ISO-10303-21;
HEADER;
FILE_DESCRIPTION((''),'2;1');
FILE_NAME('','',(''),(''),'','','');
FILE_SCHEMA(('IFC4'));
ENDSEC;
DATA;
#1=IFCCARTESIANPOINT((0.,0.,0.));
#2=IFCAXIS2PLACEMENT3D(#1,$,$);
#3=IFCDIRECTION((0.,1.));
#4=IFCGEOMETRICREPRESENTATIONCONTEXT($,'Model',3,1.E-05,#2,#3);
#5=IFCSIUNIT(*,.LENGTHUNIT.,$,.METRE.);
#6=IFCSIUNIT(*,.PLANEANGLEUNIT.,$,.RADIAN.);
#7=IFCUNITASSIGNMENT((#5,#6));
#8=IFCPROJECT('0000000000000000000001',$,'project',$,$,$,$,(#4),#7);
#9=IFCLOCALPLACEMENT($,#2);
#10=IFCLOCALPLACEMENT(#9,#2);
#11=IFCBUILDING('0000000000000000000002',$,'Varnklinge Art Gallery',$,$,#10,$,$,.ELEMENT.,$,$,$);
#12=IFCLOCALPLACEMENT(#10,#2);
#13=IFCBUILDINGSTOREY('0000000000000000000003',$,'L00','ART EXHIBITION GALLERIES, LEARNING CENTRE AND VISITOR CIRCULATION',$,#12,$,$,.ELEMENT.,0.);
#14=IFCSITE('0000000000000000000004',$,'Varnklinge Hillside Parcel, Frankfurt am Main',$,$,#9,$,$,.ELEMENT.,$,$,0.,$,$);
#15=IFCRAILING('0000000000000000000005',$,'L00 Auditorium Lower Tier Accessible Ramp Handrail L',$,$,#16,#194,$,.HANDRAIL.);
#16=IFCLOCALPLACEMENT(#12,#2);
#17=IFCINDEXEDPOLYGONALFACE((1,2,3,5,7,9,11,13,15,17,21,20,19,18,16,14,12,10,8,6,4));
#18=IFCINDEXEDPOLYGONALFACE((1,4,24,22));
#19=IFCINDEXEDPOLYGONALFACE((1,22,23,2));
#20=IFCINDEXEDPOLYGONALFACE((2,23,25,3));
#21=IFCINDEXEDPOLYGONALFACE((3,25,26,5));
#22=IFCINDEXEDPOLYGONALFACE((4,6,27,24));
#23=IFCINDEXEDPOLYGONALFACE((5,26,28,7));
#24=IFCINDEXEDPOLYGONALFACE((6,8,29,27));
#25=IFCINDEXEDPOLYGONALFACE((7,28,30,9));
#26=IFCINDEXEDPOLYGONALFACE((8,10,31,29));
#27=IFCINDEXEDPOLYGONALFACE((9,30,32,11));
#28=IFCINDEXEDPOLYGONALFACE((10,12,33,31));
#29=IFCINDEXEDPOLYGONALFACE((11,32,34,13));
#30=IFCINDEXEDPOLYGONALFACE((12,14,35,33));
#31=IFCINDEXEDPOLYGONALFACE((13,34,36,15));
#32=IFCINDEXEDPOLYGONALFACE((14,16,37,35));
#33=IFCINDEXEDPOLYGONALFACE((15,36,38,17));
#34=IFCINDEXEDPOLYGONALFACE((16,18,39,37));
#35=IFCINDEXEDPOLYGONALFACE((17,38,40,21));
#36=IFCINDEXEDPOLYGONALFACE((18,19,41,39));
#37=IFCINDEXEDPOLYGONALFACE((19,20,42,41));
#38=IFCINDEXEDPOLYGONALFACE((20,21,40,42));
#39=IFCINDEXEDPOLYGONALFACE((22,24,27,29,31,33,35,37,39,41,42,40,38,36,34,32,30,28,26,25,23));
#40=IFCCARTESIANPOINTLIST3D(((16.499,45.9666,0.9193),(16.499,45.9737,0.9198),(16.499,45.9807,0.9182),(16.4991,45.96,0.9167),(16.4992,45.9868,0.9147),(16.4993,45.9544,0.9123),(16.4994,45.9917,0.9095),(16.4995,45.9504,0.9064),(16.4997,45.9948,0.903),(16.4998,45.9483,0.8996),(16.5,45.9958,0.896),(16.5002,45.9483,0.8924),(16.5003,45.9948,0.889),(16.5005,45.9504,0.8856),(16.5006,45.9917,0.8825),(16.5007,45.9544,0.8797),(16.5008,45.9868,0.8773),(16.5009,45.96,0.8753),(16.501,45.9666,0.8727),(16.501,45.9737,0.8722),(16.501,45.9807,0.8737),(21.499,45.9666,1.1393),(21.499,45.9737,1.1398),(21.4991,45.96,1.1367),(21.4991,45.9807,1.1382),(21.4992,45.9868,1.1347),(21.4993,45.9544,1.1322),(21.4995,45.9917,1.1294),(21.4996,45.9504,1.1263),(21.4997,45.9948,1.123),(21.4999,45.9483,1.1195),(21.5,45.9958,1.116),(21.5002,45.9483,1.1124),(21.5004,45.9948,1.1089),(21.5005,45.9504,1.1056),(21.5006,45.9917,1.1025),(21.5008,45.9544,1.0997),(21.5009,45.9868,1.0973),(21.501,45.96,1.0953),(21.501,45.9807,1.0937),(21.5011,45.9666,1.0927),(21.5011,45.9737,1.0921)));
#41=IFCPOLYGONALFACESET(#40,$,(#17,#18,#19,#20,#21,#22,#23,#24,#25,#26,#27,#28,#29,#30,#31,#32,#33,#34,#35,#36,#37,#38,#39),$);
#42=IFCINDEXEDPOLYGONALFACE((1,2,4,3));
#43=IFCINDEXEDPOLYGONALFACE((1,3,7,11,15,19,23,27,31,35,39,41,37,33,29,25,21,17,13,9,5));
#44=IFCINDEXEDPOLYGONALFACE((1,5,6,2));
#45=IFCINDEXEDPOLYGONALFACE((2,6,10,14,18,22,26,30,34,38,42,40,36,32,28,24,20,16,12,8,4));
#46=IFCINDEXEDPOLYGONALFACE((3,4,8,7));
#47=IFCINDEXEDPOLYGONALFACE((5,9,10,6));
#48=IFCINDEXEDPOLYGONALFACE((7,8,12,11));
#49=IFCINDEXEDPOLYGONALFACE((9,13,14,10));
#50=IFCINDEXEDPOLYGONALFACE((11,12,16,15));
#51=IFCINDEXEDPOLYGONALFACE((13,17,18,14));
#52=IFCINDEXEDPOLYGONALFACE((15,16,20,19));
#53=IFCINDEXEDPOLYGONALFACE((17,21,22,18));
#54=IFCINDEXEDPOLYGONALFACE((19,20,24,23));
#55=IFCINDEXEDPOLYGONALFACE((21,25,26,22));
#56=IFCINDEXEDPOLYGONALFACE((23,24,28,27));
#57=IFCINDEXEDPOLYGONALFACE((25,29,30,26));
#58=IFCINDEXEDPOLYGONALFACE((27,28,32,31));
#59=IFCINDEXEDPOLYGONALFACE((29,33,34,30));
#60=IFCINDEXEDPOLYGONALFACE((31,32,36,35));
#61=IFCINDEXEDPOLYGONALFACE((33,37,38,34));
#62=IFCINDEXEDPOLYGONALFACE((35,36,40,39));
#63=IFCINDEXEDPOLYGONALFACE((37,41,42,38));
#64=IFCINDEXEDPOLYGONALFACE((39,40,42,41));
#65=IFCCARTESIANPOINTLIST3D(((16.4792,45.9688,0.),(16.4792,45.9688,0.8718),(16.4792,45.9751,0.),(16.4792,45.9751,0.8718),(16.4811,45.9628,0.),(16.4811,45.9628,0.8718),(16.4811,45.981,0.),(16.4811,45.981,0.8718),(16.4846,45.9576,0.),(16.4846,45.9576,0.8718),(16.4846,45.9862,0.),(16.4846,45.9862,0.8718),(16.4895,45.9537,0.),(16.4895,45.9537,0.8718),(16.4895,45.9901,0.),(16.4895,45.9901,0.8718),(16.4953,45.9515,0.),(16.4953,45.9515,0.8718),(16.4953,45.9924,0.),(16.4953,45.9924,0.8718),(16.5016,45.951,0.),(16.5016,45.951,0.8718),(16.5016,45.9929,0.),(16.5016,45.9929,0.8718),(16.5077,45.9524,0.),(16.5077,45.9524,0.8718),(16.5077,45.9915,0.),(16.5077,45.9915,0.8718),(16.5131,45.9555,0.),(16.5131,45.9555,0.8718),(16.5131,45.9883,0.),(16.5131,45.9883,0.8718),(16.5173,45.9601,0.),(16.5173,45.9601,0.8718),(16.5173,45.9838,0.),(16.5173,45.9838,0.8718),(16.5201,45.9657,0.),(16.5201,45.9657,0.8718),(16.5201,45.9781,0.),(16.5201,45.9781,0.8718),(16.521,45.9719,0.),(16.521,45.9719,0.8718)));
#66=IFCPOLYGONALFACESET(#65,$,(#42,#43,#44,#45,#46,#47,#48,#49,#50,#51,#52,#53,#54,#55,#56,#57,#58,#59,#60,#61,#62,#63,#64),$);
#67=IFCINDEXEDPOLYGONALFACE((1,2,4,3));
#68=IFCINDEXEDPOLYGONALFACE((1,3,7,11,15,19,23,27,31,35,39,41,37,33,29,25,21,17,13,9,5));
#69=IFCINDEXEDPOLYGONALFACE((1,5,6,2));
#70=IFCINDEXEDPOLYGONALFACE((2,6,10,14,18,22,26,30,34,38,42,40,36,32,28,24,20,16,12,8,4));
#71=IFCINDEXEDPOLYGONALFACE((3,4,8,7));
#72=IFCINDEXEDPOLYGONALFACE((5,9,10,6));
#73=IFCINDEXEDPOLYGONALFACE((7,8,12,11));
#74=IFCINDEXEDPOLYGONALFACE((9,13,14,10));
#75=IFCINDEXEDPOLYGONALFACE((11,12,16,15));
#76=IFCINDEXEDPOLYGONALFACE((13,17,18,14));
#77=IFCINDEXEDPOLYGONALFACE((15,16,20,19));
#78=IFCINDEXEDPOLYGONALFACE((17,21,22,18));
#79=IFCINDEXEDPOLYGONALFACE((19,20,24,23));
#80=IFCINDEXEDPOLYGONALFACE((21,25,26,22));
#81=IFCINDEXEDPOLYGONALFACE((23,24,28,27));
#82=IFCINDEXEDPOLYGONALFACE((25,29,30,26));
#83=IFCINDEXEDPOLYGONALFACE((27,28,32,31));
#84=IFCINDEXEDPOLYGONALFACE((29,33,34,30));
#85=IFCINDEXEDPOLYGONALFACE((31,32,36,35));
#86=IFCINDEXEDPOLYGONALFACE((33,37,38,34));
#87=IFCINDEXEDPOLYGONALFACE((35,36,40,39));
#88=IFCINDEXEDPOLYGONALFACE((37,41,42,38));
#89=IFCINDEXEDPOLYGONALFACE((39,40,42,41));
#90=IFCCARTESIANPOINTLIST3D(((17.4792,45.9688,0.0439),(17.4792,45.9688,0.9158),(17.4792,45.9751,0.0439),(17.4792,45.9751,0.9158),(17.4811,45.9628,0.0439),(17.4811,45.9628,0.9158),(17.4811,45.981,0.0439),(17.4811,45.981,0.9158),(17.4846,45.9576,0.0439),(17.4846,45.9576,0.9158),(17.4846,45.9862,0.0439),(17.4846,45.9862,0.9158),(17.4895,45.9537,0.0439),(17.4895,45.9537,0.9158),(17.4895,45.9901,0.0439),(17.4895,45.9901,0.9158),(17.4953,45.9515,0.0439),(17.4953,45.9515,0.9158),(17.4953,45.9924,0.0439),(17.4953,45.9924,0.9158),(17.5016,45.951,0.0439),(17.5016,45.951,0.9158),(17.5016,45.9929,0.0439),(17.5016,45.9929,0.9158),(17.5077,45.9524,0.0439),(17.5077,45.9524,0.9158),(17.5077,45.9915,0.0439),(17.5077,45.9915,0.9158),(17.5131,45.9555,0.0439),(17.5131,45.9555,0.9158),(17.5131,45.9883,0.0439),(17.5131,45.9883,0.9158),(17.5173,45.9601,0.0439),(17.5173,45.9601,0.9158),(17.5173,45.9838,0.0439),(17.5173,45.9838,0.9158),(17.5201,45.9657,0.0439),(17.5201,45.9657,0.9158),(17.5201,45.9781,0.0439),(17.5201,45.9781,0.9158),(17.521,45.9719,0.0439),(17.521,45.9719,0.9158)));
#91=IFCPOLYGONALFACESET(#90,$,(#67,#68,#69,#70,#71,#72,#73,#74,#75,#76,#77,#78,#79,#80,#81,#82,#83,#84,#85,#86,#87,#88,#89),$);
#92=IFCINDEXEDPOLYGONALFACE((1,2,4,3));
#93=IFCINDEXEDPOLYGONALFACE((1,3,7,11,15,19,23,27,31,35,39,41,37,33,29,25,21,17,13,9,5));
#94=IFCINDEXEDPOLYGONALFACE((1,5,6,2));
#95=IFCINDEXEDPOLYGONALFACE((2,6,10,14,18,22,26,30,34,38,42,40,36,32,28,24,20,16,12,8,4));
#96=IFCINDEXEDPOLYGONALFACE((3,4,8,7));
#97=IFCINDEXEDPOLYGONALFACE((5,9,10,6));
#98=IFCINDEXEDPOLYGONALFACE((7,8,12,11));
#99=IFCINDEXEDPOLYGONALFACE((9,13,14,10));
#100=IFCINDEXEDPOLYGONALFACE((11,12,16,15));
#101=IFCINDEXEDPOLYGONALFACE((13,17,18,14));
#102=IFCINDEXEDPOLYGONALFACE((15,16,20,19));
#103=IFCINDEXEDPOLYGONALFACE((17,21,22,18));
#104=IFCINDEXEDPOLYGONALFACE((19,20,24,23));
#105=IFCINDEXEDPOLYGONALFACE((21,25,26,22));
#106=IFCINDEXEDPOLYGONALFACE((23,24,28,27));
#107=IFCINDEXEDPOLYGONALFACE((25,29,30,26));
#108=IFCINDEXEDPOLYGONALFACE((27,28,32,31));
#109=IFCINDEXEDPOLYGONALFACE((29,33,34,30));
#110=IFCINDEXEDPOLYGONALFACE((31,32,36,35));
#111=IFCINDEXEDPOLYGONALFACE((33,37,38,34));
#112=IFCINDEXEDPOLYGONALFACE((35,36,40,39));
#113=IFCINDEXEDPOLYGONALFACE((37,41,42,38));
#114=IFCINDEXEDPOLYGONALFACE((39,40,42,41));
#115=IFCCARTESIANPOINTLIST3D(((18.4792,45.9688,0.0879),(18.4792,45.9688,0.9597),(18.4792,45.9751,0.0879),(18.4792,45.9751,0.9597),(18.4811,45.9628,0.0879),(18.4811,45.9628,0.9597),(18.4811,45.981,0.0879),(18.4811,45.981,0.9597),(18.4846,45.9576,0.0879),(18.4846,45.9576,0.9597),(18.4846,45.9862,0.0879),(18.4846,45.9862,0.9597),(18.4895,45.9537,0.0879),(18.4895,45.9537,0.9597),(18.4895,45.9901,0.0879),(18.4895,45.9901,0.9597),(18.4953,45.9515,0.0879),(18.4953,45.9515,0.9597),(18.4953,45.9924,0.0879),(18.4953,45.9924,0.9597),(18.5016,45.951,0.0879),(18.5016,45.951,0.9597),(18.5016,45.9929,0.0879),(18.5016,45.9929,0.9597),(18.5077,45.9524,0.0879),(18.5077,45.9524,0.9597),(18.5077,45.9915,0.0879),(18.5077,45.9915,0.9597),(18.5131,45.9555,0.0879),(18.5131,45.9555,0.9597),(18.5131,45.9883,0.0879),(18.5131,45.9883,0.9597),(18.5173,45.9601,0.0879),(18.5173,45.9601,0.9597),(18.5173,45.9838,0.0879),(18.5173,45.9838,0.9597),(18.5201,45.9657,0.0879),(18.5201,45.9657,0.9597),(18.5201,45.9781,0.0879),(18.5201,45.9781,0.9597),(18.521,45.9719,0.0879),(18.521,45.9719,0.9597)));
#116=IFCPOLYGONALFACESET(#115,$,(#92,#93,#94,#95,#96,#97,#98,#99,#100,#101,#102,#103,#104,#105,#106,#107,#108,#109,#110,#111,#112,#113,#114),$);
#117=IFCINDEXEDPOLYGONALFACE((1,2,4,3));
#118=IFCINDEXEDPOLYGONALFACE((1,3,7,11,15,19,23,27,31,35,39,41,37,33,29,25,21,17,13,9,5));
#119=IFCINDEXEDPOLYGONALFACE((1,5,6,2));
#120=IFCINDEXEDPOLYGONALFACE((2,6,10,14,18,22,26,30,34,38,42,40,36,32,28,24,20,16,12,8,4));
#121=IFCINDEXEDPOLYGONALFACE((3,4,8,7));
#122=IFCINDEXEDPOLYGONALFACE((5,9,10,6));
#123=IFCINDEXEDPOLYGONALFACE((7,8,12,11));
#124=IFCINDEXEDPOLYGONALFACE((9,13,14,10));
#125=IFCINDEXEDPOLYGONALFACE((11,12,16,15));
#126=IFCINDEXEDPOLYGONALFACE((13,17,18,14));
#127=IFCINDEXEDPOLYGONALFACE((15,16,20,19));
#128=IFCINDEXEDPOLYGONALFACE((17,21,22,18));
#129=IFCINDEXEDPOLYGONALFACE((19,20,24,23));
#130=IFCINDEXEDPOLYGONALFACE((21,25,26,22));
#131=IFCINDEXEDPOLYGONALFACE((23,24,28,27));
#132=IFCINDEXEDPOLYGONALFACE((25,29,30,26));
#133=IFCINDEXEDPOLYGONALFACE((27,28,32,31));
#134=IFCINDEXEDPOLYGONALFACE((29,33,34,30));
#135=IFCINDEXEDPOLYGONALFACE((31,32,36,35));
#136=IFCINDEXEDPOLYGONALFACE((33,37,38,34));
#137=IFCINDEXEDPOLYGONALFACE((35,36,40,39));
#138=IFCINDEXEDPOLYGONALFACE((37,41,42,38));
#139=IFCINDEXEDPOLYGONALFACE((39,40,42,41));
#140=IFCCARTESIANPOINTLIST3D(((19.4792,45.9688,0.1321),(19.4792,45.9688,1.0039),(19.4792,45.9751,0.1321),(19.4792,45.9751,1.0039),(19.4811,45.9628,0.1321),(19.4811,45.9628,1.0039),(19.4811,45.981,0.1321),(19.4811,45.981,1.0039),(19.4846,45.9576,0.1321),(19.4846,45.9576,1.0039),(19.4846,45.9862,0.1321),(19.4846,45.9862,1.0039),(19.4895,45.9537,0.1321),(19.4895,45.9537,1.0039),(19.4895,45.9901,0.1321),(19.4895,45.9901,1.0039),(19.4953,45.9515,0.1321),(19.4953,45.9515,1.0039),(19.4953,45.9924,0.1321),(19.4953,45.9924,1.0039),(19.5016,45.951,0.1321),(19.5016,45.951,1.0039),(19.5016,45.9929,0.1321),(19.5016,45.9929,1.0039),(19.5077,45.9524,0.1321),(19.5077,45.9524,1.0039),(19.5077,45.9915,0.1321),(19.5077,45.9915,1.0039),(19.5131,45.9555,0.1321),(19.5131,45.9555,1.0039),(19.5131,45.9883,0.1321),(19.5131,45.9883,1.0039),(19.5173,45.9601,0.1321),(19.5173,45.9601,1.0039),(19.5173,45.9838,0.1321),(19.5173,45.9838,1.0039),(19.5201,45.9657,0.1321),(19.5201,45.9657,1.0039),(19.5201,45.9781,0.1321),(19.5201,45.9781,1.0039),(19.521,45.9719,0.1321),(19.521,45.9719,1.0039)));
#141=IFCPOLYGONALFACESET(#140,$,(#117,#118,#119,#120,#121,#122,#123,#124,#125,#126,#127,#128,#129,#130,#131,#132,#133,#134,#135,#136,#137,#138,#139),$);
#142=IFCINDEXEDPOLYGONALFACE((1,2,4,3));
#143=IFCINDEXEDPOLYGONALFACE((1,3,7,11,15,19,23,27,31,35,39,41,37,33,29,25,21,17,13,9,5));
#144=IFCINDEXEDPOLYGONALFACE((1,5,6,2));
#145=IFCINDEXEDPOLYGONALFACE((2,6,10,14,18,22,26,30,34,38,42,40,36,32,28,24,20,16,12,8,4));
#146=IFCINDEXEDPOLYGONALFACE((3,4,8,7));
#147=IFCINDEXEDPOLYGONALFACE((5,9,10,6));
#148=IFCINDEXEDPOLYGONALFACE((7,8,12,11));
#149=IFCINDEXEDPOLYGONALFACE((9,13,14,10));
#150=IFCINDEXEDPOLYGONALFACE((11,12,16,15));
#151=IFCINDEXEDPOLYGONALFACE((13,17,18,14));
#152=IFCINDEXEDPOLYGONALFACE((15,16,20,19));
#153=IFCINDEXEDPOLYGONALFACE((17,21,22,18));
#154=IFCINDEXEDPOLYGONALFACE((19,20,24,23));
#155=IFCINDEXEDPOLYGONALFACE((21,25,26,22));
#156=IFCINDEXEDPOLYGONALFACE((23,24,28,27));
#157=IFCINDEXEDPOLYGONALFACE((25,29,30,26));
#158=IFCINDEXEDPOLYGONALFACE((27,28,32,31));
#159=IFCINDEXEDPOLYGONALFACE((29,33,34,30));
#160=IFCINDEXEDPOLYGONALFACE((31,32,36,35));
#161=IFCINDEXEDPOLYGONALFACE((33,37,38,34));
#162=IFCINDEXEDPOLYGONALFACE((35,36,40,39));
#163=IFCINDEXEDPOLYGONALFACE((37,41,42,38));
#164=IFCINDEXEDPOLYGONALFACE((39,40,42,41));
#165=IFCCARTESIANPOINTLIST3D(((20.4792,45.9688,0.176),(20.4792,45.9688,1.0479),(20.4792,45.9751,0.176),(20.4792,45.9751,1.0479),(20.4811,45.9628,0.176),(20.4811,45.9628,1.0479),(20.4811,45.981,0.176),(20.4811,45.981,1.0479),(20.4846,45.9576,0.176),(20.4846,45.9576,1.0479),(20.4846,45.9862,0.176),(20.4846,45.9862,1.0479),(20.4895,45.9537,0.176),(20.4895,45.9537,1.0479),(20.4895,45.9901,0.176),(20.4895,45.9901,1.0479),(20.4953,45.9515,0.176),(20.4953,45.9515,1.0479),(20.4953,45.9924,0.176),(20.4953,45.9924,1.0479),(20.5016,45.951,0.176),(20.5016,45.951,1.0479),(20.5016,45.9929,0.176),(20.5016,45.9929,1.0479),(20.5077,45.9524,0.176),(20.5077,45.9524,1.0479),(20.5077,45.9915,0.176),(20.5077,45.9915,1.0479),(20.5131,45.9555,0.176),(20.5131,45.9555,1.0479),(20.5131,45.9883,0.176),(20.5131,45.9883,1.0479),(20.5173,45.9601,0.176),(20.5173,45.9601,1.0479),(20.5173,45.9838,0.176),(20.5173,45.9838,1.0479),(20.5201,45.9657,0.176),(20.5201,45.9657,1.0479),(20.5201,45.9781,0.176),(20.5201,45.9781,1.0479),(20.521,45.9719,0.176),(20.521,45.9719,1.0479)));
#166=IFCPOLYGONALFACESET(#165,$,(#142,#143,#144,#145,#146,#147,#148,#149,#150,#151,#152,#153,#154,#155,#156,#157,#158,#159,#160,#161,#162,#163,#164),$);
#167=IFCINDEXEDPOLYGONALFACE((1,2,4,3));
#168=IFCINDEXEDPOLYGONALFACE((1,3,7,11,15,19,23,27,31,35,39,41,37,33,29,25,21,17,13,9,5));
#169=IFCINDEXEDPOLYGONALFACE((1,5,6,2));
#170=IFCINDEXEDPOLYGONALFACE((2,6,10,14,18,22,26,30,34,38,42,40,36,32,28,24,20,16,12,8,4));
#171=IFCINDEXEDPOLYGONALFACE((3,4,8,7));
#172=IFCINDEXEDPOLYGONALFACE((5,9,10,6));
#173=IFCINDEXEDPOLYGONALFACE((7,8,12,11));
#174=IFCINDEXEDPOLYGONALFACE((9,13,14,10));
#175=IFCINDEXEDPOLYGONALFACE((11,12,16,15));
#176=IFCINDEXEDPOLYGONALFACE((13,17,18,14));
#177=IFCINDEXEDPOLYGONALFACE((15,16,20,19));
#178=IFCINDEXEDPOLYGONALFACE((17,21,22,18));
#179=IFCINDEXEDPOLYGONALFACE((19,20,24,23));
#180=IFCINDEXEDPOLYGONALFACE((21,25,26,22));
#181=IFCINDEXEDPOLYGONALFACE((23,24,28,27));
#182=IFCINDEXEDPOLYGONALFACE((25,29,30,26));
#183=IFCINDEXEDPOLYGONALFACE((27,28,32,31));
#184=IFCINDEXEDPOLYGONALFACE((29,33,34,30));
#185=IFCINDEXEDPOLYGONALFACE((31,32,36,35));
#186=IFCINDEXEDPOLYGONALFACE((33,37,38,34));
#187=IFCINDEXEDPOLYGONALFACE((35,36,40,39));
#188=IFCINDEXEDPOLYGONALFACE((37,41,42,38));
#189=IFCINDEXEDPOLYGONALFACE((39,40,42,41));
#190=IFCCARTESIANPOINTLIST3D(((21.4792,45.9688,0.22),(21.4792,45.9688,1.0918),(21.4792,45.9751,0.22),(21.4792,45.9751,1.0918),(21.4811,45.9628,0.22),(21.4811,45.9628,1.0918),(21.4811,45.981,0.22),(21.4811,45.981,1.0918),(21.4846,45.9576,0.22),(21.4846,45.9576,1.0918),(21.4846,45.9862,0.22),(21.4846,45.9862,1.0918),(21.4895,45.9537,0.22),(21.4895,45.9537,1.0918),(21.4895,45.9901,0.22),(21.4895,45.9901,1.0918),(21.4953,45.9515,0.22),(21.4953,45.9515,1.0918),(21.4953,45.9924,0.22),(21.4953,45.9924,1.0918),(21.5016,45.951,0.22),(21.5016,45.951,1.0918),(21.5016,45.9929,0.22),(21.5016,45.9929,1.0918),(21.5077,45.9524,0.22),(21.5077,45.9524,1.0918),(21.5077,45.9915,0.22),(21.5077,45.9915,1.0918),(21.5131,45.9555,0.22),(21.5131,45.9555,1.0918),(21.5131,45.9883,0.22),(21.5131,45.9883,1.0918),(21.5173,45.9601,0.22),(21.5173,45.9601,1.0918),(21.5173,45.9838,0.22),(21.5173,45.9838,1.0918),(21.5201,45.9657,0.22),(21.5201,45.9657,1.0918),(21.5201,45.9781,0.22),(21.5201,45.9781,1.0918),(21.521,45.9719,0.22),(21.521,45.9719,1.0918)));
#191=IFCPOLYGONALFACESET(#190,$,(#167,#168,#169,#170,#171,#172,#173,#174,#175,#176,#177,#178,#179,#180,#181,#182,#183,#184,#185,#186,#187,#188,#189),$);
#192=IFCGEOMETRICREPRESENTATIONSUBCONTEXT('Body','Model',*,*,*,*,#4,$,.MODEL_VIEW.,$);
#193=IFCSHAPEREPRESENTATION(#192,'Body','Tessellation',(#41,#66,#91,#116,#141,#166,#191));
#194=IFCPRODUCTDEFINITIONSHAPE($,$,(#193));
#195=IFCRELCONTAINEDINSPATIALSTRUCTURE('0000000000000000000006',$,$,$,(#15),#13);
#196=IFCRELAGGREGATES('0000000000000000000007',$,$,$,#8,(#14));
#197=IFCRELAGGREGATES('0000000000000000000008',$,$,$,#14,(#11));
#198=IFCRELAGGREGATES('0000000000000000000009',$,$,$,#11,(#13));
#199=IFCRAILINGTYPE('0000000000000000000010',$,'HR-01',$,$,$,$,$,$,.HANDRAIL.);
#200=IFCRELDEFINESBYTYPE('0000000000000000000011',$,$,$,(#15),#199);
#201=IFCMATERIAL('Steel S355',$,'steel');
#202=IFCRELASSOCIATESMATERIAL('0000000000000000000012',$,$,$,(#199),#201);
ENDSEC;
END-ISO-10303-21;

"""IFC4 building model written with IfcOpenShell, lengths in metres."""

from ifc_helpers import new_model, si_unit, direction, frame, origin, origin_2d, place, context, subcontext, project, spatial, circle, extrude, material, type_object, element, save


model = new_model("IFC4")

# Units and contexts
model_context = context("Model", 3, precision=1e-05, world=origin(), true_north=direction((0.0, 1.0)))
body_context = subcontext(model_context, "Body", "Model", "MODEL_VIEW")
ifc_project = project(units=[si_unit("LENGTHUNIT", "METRE"), si_unit("PLANEANGLEUNIT", "RADIAN")], contexts=[model_context])

# Site, building, storey
site_placement = place(None, origin())
site = spatial("IfcSite", under=ifc_project, at=site_placement, Name="Varnklinge Hillside Parcel, Frankfurt am Main", CompositionType="ELEMENT", RefElevation=0.0)
building_placement = place(site_placement, origin())
building = spatial("IfcBuilding", under=site, at=building_placement, Name="Varnklinge Art Gallery", CompositionType="ELEMENT")
storey_placement = place(building_placement, origin())
storey = spatial("IfcBuildingStorey", under=building, at=storey_placement, Name="L00", Description="ART EXHIBITION GALLERIES, LEARNING CENTRE AND VISITOR CIRCULATION", CompositionType="ELEMENT", Elevation=0.0)

# Railing
ifc_material_1 = material(Name="Steel S355", Category="steel")
railing_type = type_object("IfcRailingType", Name="HR-01", PredefinedType="HANDRAIL", material=ifc_material_1)
railing_placement = place(storey_placement, frame((16.5, 45.9719, 0.0)))
element("IfcRailing", 1, at=railing_placement, inside=storey, type_object=railing_type, Name="L00 Auditorium Lower Tier Accessible Ramp Handrail L", PredefinedType="HANDRAIL", context=body_context, shape_type="SweptSolid", body=[
    extrude(circle(Radius=0.0239, at=origin_2d()), frame((0.0, 0.0, 0.896), z_axis=(0.999034, 0.0, 0.043952), x_axis=(0.0, 1.0, 0.0)), (0.0, 0.0, 1.0), 5.0049),
    extrude(circle(Radius=0.021, at=origin_2d()), origin(), (0.0, 0.0, 1.0), 0.8718),
    extrude(circle(Radius=0.021, at=origin_2d()), frame((1.0, 0.0, 0.0439)), (0.0, 0.0, 1.0), 0.8718),
    extrude(circle(Radius=0.021, at=origin_2d()), frame((2.0, 0.0, 0.0879)), (0.0, 0.0, 1.0), 0.8718),
    extrude(circle(Radius=0.021, at=origin_2d()), frame((3.0, 0.0, 0.1321)), (0.0, 0.0, 1.0), 0.8718),
    extrude(circle(Radius=0.021, at=origin_2d()), frame((4.0, 0.0, 0.176)), (0.0, 0.0, 1.0), 0.8718),
    extrude(circle(Radius=0.021, at=origin_2d()), frame((5.0, 0.0, 0.22)), (0.0, 0.0, 1.0), 0.8718),
])

save(model, "model.ifc")
